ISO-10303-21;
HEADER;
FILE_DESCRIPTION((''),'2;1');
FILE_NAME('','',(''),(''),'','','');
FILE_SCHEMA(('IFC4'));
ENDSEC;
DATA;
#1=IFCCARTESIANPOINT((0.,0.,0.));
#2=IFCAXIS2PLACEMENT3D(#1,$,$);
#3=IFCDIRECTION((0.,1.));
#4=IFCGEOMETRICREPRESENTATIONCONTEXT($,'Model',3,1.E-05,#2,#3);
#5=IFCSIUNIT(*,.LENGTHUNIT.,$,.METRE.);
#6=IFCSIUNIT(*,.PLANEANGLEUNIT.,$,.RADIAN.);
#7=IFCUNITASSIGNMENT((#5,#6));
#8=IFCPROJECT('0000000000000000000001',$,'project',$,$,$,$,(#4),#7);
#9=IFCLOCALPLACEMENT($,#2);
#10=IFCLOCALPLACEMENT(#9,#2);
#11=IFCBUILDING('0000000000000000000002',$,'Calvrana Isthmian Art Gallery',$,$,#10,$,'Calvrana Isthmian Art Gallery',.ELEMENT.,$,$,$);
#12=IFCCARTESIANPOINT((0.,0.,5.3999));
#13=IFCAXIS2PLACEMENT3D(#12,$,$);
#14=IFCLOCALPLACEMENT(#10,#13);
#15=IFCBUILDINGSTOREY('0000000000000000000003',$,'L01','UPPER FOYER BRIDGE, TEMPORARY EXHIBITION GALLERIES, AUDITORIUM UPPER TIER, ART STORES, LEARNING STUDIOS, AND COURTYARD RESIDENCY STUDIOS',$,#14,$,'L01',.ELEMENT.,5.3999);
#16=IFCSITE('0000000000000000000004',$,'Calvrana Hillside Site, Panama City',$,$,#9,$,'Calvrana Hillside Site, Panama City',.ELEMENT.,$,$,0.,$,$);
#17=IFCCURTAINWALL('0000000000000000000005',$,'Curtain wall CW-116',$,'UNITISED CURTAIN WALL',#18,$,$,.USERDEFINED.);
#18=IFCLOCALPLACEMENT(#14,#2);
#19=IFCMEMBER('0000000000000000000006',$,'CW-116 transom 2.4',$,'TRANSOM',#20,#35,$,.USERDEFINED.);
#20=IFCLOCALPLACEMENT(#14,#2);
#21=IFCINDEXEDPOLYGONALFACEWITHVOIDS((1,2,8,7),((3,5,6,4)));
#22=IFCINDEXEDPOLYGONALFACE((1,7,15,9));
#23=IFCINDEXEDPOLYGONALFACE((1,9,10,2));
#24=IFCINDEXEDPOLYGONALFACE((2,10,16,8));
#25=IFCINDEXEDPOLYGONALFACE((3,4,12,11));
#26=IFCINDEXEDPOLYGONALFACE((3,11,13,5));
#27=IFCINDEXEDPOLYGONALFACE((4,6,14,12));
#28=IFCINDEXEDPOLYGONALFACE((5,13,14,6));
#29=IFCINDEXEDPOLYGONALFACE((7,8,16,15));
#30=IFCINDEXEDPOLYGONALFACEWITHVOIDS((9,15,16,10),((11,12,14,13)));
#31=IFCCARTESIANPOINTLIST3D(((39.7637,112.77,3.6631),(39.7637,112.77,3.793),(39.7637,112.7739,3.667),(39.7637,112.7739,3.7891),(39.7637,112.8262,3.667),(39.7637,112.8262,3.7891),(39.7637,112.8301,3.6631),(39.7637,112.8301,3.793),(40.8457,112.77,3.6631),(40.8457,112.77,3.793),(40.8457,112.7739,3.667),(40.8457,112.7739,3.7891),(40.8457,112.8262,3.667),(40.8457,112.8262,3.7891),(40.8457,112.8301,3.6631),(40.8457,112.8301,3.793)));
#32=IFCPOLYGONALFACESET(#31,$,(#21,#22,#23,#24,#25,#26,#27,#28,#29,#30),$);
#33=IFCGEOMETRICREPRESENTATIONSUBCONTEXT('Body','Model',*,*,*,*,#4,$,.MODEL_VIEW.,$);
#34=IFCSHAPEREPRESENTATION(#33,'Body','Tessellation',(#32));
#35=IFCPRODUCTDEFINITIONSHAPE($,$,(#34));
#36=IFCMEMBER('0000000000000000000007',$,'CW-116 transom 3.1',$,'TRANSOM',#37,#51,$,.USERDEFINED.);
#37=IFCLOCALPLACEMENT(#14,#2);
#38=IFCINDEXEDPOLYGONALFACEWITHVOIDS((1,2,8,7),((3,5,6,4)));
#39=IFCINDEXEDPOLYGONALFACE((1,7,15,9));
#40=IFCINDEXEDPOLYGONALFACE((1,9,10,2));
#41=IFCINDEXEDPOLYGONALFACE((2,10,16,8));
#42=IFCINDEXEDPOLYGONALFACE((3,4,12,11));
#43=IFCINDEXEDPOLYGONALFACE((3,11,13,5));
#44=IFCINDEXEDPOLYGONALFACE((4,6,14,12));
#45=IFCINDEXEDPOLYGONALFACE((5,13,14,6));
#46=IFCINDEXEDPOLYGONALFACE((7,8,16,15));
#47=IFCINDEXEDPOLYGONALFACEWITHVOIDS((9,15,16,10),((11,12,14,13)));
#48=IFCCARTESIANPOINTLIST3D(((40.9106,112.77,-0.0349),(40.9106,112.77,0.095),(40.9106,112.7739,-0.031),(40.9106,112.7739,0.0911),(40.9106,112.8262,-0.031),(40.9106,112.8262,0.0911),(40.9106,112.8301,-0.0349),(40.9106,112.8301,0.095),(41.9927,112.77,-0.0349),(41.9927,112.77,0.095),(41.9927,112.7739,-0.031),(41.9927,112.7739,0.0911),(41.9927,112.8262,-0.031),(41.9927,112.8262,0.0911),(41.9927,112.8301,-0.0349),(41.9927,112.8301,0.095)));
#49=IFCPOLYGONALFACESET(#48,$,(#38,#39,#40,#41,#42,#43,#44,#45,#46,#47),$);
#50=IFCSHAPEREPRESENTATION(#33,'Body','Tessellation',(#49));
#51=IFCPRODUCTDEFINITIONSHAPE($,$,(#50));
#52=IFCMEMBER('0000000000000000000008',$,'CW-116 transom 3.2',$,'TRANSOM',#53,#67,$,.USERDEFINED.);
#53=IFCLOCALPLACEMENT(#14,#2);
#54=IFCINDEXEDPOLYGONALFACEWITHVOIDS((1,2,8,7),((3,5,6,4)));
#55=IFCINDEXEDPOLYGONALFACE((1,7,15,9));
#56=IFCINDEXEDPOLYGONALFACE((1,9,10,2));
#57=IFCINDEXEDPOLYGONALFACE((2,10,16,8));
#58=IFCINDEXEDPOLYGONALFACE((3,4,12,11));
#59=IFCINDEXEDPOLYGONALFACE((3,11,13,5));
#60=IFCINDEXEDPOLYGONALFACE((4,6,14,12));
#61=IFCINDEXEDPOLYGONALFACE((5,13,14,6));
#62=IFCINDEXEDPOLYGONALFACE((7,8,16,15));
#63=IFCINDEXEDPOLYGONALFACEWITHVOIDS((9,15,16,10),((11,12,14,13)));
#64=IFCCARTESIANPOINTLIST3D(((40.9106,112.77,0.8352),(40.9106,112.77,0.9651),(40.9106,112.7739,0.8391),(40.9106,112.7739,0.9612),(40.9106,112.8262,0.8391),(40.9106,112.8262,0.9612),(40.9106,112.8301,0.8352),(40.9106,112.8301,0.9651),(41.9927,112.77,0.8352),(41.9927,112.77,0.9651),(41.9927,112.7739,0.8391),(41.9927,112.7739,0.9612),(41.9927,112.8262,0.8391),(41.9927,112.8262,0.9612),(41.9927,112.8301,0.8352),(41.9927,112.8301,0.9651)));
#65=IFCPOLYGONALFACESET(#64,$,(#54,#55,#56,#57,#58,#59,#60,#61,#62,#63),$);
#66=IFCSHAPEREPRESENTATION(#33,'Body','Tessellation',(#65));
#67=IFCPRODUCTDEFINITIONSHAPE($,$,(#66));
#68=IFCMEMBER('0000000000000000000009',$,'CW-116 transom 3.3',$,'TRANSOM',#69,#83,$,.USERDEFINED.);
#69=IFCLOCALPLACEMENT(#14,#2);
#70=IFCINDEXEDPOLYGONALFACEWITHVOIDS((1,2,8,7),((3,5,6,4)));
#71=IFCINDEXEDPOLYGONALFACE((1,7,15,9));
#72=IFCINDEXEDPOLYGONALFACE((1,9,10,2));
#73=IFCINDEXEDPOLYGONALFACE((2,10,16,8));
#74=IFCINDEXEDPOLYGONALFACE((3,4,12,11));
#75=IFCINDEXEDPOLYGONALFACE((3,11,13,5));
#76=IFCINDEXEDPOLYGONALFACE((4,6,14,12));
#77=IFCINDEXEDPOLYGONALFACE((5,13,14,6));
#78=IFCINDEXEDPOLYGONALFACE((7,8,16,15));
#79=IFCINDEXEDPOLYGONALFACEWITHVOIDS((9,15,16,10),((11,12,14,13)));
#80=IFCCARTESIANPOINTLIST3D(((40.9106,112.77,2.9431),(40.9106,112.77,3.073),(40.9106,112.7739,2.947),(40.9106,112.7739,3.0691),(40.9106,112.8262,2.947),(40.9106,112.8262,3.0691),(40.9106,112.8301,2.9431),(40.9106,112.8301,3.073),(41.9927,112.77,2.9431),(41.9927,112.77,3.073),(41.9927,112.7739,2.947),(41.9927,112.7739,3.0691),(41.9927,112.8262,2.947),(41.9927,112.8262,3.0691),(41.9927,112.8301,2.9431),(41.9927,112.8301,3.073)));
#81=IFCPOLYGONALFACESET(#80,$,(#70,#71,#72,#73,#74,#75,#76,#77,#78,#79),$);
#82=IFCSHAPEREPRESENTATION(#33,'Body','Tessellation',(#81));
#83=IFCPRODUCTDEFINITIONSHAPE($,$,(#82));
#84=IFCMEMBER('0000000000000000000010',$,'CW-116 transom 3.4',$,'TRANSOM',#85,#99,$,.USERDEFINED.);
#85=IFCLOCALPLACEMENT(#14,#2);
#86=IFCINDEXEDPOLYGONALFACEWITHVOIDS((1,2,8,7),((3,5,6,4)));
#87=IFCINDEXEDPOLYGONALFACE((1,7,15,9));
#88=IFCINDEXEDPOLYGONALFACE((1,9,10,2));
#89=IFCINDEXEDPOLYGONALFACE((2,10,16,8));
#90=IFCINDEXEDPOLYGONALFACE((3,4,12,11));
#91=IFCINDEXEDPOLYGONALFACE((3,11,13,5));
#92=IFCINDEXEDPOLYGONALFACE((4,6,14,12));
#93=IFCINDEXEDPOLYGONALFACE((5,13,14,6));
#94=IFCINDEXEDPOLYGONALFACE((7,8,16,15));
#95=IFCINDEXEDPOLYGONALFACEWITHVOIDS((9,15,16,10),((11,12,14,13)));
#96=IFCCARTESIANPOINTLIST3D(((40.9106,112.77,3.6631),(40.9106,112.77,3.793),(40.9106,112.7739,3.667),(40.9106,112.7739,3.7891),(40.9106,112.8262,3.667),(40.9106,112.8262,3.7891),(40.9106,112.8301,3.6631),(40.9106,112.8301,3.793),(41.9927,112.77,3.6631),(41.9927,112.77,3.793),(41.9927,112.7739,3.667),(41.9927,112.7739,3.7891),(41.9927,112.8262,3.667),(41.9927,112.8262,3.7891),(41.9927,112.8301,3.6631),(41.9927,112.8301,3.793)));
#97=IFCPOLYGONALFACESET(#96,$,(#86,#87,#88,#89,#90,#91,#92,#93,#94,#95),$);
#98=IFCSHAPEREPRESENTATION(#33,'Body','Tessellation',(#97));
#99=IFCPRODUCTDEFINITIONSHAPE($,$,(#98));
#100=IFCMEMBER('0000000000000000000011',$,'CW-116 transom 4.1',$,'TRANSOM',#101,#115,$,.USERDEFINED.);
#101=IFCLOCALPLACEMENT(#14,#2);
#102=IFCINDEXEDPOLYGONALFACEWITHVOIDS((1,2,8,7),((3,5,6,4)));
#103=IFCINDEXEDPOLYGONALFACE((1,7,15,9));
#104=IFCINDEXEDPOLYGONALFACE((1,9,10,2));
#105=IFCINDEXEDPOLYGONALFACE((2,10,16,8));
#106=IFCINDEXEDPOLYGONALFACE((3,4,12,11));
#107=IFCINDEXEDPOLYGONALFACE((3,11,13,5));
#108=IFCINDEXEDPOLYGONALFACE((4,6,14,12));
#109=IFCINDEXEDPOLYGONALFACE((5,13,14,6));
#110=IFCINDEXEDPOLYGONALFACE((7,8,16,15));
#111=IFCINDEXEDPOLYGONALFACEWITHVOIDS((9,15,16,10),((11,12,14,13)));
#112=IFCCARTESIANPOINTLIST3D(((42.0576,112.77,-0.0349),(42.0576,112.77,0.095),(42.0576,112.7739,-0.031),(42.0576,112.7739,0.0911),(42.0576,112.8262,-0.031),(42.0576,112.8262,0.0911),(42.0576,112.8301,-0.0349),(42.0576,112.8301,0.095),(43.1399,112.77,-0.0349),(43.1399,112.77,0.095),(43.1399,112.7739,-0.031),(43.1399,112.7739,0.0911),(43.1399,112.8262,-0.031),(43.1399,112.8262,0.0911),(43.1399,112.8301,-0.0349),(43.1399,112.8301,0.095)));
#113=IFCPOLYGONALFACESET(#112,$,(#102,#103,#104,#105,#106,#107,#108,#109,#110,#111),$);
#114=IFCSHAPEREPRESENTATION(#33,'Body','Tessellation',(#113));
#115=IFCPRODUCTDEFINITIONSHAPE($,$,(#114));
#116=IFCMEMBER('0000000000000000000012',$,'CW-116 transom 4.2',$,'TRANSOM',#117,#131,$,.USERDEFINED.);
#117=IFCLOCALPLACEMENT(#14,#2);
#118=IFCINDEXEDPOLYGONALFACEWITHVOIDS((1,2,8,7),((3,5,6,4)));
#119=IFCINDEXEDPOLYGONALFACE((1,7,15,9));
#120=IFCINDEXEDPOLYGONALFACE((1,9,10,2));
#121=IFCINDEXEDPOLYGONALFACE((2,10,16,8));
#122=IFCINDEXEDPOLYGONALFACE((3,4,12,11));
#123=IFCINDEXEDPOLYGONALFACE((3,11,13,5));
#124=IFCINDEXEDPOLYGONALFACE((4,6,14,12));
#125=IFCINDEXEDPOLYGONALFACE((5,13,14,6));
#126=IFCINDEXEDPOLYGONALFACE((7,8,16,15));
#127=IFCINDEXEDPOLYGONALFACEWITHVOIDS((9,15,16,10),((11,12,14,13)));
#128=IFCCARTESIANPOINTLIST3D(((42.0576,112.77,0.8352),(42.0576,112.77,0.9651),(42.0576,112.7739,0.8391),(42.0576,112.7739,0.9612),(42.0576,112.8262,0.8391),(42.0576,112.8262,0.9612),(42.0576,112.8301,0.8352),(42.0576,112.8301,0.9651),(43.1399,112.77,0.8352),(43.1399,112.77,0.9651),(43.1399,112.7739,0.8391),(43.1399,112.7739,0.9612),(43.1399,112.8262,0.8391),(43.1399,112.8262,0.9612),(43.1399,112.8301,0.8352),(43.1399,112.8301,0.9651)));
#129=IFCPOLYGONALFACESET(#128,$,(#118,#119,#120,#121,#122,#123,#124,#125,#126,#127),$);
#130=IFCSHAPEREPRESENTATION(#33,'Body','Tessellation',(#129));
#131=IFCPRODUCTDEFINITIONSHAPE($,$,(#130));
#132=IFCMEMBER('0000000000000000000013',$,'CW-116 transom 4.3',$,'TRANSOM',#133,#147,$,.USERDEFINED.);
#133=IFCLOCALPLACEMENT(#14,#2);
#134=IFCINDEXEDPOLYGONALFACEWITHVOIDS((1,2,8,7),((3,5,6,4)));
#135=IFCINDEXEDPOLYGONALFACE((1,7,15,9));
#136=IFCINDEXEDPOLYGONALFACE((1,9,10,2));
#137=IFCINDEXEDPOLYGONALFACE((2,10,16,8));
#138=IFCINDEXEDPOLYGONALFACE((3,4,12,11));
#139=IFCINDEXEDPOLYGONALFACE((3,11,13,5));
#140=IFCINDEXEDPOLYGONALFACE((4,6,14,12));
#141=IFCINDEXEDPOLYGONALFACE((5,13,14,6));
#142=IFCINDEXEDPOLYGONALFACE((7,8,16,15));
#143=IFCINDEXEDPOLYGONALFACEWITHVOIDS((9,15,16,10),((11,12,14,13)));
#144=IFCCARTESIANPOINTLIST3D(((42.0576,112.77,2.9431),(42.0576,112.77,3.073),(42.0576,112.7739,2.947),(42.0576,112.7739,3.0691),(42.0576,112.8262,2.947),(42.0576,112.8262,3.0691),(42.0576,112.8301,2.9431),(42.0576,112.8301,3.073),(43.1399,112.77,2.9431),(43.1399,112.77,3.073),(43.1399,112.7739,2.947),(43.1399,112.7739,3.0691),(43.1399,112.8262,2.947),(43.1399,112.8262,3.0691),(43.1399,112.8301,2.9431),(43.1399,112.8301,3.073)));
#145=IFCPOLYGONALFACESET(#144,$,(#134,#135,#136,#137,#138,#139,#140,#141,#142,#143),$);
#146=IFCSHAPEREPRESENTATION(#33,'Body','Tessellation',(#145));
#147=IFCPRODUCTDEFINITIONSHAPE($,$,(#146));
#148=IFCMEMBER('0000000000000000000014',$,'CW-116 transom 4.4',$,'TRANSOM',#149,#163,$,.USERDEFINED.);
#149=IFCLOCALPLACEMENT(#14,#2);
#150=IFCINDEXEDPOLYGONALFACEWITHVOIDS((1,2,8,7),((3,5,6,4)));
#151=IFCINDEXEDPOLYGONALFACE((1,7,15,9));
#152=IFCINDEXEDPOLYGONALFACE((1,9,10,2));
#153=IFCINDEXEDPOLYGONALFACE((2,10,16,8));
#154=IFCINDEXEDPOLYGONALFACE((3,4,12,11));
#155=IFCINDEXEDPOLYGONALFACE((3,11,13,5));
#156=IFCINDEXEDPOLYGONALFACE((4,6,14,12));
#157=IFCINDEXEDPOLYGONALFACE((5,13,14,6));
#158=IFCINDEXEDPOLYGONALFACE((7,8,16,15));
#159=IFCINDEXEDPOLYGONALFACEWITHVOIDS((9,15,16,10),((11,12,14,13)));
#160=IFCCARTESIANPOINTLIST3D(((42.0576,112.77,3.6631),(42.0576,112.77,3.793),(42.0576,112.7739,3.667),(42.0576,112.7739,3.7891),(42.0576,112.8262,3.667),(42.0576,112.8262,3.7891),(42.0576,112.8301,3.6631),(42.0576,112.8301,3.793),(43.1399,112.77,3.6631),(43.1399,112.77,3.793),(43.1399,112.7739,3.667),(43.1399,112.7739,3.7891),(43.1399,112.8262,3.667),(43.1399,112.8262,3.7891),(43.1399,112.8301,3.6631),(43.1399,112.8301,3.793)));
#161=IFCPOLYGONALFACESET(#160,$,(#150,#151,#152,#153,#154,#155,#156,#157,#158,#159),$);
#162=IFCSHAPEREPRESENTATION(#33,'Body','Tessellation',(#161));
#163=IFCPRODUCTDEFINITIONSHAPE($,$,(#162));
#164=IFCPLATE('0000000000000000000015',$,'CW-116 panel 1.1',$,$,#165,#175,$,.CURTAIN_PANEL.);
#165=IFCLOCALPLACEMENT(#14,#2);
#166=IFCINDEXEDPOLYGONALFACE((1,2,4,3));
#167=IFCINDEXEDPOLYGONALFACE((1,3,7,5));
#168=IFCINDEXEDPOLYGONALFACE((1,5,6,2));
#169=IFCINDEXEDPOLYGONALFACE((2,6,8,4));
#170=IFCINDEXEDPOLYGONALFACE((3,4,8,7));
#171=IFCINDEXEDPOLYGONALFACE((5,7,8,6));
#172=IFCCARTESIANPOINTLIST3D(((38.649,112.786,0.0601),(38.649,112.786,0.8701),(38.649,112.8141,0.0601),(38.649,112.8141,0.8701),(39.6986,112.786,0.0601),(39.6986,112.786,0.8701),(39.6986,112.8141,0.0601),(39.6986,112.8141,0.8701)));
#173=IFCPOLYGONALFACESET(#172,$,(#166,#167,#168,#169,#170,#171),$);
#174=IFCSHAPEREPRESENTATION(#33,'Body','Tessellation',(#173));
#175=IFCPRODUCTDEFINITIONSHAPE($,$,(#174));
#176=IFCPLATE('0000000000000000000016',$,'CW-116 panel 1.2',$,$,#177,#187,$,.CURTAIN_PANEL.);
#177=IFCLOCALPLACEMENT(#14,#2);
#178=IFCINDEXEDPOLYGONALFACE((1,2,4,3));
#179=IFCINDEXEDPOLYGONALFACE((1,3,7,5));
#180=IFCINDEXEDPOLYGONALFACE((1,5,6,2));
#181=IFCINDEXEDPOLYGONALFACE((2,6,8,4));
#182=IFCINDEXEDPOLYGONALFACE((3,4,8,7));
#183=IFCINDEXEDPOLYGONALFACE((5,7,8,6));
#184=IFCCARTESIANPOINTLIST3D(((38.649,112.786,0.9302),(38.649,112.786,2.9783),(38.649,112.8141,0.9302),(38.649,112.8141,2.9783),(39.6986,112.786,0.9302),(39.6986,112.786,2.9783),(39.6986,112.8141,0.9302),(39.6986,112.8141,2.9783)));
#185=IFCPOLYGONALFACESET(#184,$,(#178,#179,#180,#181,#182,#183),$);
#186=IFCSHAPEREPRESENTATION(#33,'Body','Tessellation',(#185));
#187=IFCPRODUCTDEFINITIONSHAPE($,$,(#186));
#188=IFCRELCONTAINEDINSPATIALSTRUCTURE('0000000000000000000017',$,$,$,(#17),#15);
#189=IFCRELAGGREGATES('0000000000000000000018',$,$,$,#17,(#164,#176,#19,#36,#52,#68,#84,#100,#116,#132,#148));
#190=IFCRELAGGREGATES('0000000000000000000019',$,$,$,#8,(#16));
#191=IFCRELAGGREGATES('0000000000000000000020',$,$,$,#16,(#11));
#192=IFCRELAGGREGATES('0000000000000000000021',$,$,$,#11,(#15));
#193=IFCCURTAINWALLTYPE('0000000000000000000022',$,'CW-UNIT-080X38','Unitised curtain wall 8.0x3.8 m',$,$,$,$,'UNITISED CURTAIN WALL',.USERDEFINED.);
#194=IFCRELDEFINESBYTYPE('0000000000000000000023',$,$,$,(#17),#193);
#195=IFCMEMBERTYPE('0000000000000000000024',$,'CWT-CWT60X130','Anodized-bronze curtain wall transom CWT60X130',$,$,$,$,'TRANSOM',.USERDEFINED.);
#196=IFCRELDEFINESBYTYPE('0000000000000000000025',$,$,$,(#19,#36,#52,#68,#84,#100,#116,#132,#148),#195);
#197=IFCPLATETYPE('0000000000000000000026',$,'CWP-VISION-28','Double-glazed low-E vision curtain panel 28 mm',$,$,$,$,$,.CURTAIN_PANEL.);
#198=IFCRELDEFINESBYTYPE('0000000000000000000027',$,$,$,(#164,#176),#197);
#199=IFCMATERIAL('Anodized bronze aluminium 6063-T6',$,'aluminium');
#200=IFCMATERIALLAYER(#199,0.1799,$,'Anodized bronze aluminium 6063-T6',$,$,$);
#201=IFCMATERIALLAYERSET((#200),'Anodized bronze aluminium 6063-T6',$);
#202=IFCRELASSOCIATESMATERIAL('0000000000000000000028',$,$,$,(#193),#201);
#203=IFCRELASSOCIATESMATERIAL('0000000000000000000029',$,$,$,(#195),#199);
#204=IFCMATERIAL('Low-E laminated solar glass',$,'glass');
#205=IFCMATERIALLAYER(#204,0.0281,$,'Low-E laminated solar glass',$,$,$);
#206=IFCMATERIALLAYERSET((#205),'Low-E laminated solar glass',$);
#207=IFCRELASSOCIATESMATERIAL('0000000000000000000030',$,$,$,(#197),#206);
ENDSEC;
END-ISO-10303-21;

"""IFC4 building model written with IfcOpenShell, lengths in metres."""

from ifc_helpers import new_model, si_unit, direction, frame, origin, origin_2d, place, context, subcontext, project, spatial, rectangle, hollow_rectangle, extrude, material, layer, layer_set, material_profile, profile_set, type_object, element, aggregate, save


model = new_model("IFC4")

# Units and contexts
model_context = context("Model", 3, precision=1e-05, world=origin(), true_north=direction((0.0, 1.0)))
body_context = subcontext(model_context, "Body", "Model", "MODEL_VIEW")
ifc_project = project(units=[si_unit("LENGTHUNIT", "METRE"), si_unit("PLANEANGLEUNIT", "RADIAN")], contexts=[model_context])

# Site, building, storey
site_placement = place(None, origin())
site = spatial("IfcSite", under=ifc_project, at=site_placement, Name="Calvrana Hillside Site, Panama City", LongName="Calvrana Hillside Site, Panama City", CompositionType="ELEMENT", RefElevation=0.0)
building_placement = place(site_placement, origin())
building = spatial("IfcBuilding", under=site, at=building_placement, Name="Calvrana Isthmian Art Gallery", LongName="Calvrana Isthmian Art Gallery", CompositionType="ELEMENT")
storey_placement = place(building_placement, frame((0.0, 0.0, 5.3999)))
storey = spatial("IfcBuildingStorey", under=building, at=storey_placement, Name="L01", Description="UPPER FOYER BRIDGE, TEMPORARY EXHIBITION GALLERIES, AUDITORIUM UPPER TIER, ART STORES, LEARNING STUDIOS, AND COURTYARD RESIDENCY STUDIOS", LongName="L01", CompositionType="ELEMENT", Elevation=5.3999)

# Curtain wall, members, plates
ifc_material_1 = material(Name="Anodized bronze aluminium 6063-T6", Category="aluminium")
ifc_layer_1 = layer(ifc_material_1, 0.1799, Name="Anodized bronze aluminium 6063-T6")
ifc_layer_set_1 = layer_set([ifc_layer_1], Name="Anodized bronze aluminium 6063-T6")
curtain_wall_type = type_object("IfcCurtainWallType", Name="CW-UNIT-080X38", Description="Unitised curtain wall 8.0x3.8 m", ElementType="UNITISED CURTAIN WALL", PredefinedType="USERDEFINED", material=ifc_layer_set_1)
curtain_wall_placement = place(storey_placement, origin())
curtain_wall = element("IfcCurtainWall", 1, at=curtain_wall_placement, inside=storey, type_object=curtain_wall_type, Name="Curtain wall CW-116", ObjectType="UNITISED CURTAIN WALL", PredefinedType="USERDEFINED")
ifc_material_profile_1 = material_profile(ifc_material_1, hollow_rectangle(XDim=0.0601, YDim=0.1299, WallThickness=0.0039, at=origin_2d()), Name="CWT60X130")
ifc_profile_set_1 = profile_set([ifc_material_profile_1], Name="Anodized bronze aluminium 6063-T6")
member_type_1 = type_object("IfcMemberType", Name="CWT-CWT60X130", Description="Anodized-bronze curtain wall transom CWT60X130", ElementType="TRANSOM", PredefinedType="USERDEFINED", material=ifc_profile_set_1)
member_1_placement = place(storey_placement, frame((39.7637, 112.8, 3.728), z_axis=(1.0, 0.0, 0.0), x_axis=(0.0, 1.0, 0.0)))
member_1 = element("IfcMember", 2, at=member_1_placement, type_object=member_type_1, Name="CW-116 transom 2.4", ObjectType="TRANSOM", PredefinedType="USERDEFINED", context=body_context, shape_type="SweptSolid", body=[
    extrude(hollow_rectangle(XDim=0.0601, YDim=0.1299, WallThickness=0.0039, at=origin_2d()), origin(), (0.0, 0.0, 1.0), 1.082),
])
member_2_placement = place(storey_placement, frame((40.9106, 112.8, 0.03), z_axis=(1.0, 0.0, 0.0), x_axis=(0.0, 1.0, 0.0)))
member_2 = element("IfcMember", 3, at=member_2_placement, type_object=member_type_1, Name="CW-116 transom 3.1", ObjectType="TRANSOM", PredefinedType="USERDEFINED", context=body_context, shape_type="SweptSolid", body=[
    extrude(hollow_rectangle(XDim=0.0601, YDim=0.1299, WallThickness=0.0039, at=origin_2d()), origin(), (0.0, 0.0, 1.0), 1.082),
])
member_3_placement = place(storey_placement, frame((40.9106, 112.8, 0.9001), z_axis=(1.0, 0.0, 0.0), x_axis=(0.0, 1.0, 0.0)))
member_3 = element("IfcMember", 4, at=member_3_placement, type_object=member_type_1, Name="CW-116 transom 3.2", ObjectType="TRANSOM", PredefinedType="USERDEFINED", context=body_context, shape_type="SweptSolid", body=[
    extrude(hollow_rectangle(XDim=0.0601, YDim=0.1299, WallThickness=0.0039, at=origin_2d()), origin(), (0.0, 0.0, 1.0), 1.082),
])
member_4_placement = place(storey_placement, frame((40.9106, 112.8, 3.0081), z_axis=(1.0, 0.0, 0.0), x_axis=(0.0, 1.0, 0.0)))
member_4 = element("IfcMember", 5, at=member_4_placement, type_object=member_type_1, Name="CW-116 transom 3.3", ObjectType="TRANSOM", PredefinedType="USERDEFINED", context=body_context, shape_type="SweptSolid", body=[
    extrude(hollow_rectangle(XDim=0.0601, YDim=0.1299, WallThickness=0.0039, at=origin_2d()), origin(), (0.0, 0.0, 1.0), 1.082),
])
member_5_placement = place(storey_placement, frame((40.9106, 112.8, 3.728), z_axis=(1.0, 0.0, 0.0), x_axis=(0.0, 1.0, 0.0)))
member_5 = element("IfcMember", 6, at=member_5_placement, type_object=member_type_1, Name="CW-116 transom 3.4", ObjectType="TRANSOM", PredefinedType="USERDEFINED", context=body_context, shape_type="SweptSolid", body=[
    extrude(hollow_rectangle(XDim=0.0601, YDim=0.1299, WallThickness=0.0039, at=origin_2d()), origin(), (0.0, 0.0, 1.0), 1.082),
])
member_6_placement = place(storey_placement, frame((42.0576, 112.8, 0.03), z_axis=(1.0, 0.0, 0.0), x_axis=(0.0, 1.0, 0.0)))
member_6 = element("IfcMember", 7, at=member_6_placement, type_object=member_type_1, Name="CW-116 transom 4.1", ObjectType="TRANSOM", PredefinedType="USERDEFINED", context=body_context, shape_type="SweptSolid", body=[
    extrude(hollow_rectangle(XDim=0.0601, YDim=0.1299, WallThickness=0.0039, at=origin_2d()), origin(), (0.0, 0.0, 1.0), 1.0823),
])
member_7_placement = place(storey_placement, frame((42.0576, 112.8, 0.9001), z_axis=(1.0, 0.0, 0.0), x_axis=(0.0, 1.0, 0.0)))
member_7 = element("IfcMember", 8, at=member_7_placement, type_object=member_type_1, Name="CW-116 transom 4.2", ObjectType="TRANSOM", PredefinedType="USERDEFINED", context=body_context, shape_type="SweptSolid", body=[
    extrude(hollow_rectangle(XDim=0.0601, YDim=0.1299, WallThickness=0.0039, at=origin_2d()), origin(), (0.0, 0.0, 1.0), 1.0823),
])
member_8_placement = place(storey_placement, frame((42.0576, 112.8, 3.0081), z_axis=(1.0, 0.0, 0.0), x_axis=(0.0, 1.0, 0.0)))
member_8 = element("IfcMember", 9, at=member_8_placement, type_object=member_type_1, Name="CW-116 transom 4.3", ObjectType="TRANSOM", PredefinedType="USERDEFINED", context=body_context, shape_type="SweptSolid", body=[
    extrude(hollow_rectangle(XDim=0.0601, YDim=0.1299, WallThickness=0.0039, at=origin_2d()), origin(), (0.0, 0.0, 1.0), 1.0823),
])
member_9_placement = place(storey_placement, frame((42.0576, 112.8, 3.728), z_axis=(1.0, 0.0, 0.0), x_axis=(0.0, 1.0, 0.0)))
member_9 = element("IfcMember", 10, at=member_9_placement, type_object=member_type_1, Name="CW-116 transom 4.4", ObjectType="TRANSOM", PredefinedType="USERDEFINED", context=body_context, shape_type="SweptSolid", body=[
    extrude(hollow_rectangle(XDim=0.0601, YDim=0.1299, WallThickness=0.0039, at=origin_2d()), origin(), (0.0, 0.0, 1.0), 1.0823),
])
ifc_material_2 = material(Name="Low-E laminated solar glass", Category="glass")
ifc_layer_2 = layer(ifc_material_2, 0.0281, Name="Low-E laminated solar glass")
ifc_layer_set_2 = layer_set([ifc_layer_2], Name="Low-E laminated solar glass")
plate_type = type_object("IfcPlateType", Name="CWP-VISION-28", Description="Double-glazed low-E vision curtain panel 28 mm", PredefinedType="CURTAIN_PANEL", material=ifc_layer_set_2)
plate_1_placement = place(storey_placement, frame((39.1738, 112.8, 0.0601), z_axis=(0.0, 0.0, 1.0), x_axis=(1.0, 0.0, 0.0)))
plate_1 = element("IfcPlate", 11, at=plate_1_placement, type_object=plate_type, Name="CW-116 panel 1.1", PredefinedType="CURTAIN_PANEL", context=body_context, shape_type="SweptSolid", body=[
    extrude(rectangle(XDim=1.0496, YDim=0.0281, at=origin_2d()), origin(), (0.0, 0.0, 1.0), 0.8101),
])
plate_2_placement = place(storey_placement, frame((39.1738, 112.8, 0.9302), z_axis=(0.0, 0.0, 1.0), x_axis=(1.0, 0.0, 0.0)))
plate_2 = element("IfcPlate", 12, at=plate_2_placement, type_object=plate_type, Name="CW-116 panel 1.2", PredefinedType="CURTAIN_PANEL", context=body_context, shape_type="SweptSolid", body=[
    extrude(rectangle(XDim=1.0496, YDim=0.0281, at=origin_2d()), origin(), (0.0, 0.0, 1.0), 2.0481),
])
aggregate(curtain_wall, [plate_1, plate_2, member_1, member_2, member_3, member_4, member_5, member_6, member_7, member_8, member_9])

save(model, "model.ifc")
